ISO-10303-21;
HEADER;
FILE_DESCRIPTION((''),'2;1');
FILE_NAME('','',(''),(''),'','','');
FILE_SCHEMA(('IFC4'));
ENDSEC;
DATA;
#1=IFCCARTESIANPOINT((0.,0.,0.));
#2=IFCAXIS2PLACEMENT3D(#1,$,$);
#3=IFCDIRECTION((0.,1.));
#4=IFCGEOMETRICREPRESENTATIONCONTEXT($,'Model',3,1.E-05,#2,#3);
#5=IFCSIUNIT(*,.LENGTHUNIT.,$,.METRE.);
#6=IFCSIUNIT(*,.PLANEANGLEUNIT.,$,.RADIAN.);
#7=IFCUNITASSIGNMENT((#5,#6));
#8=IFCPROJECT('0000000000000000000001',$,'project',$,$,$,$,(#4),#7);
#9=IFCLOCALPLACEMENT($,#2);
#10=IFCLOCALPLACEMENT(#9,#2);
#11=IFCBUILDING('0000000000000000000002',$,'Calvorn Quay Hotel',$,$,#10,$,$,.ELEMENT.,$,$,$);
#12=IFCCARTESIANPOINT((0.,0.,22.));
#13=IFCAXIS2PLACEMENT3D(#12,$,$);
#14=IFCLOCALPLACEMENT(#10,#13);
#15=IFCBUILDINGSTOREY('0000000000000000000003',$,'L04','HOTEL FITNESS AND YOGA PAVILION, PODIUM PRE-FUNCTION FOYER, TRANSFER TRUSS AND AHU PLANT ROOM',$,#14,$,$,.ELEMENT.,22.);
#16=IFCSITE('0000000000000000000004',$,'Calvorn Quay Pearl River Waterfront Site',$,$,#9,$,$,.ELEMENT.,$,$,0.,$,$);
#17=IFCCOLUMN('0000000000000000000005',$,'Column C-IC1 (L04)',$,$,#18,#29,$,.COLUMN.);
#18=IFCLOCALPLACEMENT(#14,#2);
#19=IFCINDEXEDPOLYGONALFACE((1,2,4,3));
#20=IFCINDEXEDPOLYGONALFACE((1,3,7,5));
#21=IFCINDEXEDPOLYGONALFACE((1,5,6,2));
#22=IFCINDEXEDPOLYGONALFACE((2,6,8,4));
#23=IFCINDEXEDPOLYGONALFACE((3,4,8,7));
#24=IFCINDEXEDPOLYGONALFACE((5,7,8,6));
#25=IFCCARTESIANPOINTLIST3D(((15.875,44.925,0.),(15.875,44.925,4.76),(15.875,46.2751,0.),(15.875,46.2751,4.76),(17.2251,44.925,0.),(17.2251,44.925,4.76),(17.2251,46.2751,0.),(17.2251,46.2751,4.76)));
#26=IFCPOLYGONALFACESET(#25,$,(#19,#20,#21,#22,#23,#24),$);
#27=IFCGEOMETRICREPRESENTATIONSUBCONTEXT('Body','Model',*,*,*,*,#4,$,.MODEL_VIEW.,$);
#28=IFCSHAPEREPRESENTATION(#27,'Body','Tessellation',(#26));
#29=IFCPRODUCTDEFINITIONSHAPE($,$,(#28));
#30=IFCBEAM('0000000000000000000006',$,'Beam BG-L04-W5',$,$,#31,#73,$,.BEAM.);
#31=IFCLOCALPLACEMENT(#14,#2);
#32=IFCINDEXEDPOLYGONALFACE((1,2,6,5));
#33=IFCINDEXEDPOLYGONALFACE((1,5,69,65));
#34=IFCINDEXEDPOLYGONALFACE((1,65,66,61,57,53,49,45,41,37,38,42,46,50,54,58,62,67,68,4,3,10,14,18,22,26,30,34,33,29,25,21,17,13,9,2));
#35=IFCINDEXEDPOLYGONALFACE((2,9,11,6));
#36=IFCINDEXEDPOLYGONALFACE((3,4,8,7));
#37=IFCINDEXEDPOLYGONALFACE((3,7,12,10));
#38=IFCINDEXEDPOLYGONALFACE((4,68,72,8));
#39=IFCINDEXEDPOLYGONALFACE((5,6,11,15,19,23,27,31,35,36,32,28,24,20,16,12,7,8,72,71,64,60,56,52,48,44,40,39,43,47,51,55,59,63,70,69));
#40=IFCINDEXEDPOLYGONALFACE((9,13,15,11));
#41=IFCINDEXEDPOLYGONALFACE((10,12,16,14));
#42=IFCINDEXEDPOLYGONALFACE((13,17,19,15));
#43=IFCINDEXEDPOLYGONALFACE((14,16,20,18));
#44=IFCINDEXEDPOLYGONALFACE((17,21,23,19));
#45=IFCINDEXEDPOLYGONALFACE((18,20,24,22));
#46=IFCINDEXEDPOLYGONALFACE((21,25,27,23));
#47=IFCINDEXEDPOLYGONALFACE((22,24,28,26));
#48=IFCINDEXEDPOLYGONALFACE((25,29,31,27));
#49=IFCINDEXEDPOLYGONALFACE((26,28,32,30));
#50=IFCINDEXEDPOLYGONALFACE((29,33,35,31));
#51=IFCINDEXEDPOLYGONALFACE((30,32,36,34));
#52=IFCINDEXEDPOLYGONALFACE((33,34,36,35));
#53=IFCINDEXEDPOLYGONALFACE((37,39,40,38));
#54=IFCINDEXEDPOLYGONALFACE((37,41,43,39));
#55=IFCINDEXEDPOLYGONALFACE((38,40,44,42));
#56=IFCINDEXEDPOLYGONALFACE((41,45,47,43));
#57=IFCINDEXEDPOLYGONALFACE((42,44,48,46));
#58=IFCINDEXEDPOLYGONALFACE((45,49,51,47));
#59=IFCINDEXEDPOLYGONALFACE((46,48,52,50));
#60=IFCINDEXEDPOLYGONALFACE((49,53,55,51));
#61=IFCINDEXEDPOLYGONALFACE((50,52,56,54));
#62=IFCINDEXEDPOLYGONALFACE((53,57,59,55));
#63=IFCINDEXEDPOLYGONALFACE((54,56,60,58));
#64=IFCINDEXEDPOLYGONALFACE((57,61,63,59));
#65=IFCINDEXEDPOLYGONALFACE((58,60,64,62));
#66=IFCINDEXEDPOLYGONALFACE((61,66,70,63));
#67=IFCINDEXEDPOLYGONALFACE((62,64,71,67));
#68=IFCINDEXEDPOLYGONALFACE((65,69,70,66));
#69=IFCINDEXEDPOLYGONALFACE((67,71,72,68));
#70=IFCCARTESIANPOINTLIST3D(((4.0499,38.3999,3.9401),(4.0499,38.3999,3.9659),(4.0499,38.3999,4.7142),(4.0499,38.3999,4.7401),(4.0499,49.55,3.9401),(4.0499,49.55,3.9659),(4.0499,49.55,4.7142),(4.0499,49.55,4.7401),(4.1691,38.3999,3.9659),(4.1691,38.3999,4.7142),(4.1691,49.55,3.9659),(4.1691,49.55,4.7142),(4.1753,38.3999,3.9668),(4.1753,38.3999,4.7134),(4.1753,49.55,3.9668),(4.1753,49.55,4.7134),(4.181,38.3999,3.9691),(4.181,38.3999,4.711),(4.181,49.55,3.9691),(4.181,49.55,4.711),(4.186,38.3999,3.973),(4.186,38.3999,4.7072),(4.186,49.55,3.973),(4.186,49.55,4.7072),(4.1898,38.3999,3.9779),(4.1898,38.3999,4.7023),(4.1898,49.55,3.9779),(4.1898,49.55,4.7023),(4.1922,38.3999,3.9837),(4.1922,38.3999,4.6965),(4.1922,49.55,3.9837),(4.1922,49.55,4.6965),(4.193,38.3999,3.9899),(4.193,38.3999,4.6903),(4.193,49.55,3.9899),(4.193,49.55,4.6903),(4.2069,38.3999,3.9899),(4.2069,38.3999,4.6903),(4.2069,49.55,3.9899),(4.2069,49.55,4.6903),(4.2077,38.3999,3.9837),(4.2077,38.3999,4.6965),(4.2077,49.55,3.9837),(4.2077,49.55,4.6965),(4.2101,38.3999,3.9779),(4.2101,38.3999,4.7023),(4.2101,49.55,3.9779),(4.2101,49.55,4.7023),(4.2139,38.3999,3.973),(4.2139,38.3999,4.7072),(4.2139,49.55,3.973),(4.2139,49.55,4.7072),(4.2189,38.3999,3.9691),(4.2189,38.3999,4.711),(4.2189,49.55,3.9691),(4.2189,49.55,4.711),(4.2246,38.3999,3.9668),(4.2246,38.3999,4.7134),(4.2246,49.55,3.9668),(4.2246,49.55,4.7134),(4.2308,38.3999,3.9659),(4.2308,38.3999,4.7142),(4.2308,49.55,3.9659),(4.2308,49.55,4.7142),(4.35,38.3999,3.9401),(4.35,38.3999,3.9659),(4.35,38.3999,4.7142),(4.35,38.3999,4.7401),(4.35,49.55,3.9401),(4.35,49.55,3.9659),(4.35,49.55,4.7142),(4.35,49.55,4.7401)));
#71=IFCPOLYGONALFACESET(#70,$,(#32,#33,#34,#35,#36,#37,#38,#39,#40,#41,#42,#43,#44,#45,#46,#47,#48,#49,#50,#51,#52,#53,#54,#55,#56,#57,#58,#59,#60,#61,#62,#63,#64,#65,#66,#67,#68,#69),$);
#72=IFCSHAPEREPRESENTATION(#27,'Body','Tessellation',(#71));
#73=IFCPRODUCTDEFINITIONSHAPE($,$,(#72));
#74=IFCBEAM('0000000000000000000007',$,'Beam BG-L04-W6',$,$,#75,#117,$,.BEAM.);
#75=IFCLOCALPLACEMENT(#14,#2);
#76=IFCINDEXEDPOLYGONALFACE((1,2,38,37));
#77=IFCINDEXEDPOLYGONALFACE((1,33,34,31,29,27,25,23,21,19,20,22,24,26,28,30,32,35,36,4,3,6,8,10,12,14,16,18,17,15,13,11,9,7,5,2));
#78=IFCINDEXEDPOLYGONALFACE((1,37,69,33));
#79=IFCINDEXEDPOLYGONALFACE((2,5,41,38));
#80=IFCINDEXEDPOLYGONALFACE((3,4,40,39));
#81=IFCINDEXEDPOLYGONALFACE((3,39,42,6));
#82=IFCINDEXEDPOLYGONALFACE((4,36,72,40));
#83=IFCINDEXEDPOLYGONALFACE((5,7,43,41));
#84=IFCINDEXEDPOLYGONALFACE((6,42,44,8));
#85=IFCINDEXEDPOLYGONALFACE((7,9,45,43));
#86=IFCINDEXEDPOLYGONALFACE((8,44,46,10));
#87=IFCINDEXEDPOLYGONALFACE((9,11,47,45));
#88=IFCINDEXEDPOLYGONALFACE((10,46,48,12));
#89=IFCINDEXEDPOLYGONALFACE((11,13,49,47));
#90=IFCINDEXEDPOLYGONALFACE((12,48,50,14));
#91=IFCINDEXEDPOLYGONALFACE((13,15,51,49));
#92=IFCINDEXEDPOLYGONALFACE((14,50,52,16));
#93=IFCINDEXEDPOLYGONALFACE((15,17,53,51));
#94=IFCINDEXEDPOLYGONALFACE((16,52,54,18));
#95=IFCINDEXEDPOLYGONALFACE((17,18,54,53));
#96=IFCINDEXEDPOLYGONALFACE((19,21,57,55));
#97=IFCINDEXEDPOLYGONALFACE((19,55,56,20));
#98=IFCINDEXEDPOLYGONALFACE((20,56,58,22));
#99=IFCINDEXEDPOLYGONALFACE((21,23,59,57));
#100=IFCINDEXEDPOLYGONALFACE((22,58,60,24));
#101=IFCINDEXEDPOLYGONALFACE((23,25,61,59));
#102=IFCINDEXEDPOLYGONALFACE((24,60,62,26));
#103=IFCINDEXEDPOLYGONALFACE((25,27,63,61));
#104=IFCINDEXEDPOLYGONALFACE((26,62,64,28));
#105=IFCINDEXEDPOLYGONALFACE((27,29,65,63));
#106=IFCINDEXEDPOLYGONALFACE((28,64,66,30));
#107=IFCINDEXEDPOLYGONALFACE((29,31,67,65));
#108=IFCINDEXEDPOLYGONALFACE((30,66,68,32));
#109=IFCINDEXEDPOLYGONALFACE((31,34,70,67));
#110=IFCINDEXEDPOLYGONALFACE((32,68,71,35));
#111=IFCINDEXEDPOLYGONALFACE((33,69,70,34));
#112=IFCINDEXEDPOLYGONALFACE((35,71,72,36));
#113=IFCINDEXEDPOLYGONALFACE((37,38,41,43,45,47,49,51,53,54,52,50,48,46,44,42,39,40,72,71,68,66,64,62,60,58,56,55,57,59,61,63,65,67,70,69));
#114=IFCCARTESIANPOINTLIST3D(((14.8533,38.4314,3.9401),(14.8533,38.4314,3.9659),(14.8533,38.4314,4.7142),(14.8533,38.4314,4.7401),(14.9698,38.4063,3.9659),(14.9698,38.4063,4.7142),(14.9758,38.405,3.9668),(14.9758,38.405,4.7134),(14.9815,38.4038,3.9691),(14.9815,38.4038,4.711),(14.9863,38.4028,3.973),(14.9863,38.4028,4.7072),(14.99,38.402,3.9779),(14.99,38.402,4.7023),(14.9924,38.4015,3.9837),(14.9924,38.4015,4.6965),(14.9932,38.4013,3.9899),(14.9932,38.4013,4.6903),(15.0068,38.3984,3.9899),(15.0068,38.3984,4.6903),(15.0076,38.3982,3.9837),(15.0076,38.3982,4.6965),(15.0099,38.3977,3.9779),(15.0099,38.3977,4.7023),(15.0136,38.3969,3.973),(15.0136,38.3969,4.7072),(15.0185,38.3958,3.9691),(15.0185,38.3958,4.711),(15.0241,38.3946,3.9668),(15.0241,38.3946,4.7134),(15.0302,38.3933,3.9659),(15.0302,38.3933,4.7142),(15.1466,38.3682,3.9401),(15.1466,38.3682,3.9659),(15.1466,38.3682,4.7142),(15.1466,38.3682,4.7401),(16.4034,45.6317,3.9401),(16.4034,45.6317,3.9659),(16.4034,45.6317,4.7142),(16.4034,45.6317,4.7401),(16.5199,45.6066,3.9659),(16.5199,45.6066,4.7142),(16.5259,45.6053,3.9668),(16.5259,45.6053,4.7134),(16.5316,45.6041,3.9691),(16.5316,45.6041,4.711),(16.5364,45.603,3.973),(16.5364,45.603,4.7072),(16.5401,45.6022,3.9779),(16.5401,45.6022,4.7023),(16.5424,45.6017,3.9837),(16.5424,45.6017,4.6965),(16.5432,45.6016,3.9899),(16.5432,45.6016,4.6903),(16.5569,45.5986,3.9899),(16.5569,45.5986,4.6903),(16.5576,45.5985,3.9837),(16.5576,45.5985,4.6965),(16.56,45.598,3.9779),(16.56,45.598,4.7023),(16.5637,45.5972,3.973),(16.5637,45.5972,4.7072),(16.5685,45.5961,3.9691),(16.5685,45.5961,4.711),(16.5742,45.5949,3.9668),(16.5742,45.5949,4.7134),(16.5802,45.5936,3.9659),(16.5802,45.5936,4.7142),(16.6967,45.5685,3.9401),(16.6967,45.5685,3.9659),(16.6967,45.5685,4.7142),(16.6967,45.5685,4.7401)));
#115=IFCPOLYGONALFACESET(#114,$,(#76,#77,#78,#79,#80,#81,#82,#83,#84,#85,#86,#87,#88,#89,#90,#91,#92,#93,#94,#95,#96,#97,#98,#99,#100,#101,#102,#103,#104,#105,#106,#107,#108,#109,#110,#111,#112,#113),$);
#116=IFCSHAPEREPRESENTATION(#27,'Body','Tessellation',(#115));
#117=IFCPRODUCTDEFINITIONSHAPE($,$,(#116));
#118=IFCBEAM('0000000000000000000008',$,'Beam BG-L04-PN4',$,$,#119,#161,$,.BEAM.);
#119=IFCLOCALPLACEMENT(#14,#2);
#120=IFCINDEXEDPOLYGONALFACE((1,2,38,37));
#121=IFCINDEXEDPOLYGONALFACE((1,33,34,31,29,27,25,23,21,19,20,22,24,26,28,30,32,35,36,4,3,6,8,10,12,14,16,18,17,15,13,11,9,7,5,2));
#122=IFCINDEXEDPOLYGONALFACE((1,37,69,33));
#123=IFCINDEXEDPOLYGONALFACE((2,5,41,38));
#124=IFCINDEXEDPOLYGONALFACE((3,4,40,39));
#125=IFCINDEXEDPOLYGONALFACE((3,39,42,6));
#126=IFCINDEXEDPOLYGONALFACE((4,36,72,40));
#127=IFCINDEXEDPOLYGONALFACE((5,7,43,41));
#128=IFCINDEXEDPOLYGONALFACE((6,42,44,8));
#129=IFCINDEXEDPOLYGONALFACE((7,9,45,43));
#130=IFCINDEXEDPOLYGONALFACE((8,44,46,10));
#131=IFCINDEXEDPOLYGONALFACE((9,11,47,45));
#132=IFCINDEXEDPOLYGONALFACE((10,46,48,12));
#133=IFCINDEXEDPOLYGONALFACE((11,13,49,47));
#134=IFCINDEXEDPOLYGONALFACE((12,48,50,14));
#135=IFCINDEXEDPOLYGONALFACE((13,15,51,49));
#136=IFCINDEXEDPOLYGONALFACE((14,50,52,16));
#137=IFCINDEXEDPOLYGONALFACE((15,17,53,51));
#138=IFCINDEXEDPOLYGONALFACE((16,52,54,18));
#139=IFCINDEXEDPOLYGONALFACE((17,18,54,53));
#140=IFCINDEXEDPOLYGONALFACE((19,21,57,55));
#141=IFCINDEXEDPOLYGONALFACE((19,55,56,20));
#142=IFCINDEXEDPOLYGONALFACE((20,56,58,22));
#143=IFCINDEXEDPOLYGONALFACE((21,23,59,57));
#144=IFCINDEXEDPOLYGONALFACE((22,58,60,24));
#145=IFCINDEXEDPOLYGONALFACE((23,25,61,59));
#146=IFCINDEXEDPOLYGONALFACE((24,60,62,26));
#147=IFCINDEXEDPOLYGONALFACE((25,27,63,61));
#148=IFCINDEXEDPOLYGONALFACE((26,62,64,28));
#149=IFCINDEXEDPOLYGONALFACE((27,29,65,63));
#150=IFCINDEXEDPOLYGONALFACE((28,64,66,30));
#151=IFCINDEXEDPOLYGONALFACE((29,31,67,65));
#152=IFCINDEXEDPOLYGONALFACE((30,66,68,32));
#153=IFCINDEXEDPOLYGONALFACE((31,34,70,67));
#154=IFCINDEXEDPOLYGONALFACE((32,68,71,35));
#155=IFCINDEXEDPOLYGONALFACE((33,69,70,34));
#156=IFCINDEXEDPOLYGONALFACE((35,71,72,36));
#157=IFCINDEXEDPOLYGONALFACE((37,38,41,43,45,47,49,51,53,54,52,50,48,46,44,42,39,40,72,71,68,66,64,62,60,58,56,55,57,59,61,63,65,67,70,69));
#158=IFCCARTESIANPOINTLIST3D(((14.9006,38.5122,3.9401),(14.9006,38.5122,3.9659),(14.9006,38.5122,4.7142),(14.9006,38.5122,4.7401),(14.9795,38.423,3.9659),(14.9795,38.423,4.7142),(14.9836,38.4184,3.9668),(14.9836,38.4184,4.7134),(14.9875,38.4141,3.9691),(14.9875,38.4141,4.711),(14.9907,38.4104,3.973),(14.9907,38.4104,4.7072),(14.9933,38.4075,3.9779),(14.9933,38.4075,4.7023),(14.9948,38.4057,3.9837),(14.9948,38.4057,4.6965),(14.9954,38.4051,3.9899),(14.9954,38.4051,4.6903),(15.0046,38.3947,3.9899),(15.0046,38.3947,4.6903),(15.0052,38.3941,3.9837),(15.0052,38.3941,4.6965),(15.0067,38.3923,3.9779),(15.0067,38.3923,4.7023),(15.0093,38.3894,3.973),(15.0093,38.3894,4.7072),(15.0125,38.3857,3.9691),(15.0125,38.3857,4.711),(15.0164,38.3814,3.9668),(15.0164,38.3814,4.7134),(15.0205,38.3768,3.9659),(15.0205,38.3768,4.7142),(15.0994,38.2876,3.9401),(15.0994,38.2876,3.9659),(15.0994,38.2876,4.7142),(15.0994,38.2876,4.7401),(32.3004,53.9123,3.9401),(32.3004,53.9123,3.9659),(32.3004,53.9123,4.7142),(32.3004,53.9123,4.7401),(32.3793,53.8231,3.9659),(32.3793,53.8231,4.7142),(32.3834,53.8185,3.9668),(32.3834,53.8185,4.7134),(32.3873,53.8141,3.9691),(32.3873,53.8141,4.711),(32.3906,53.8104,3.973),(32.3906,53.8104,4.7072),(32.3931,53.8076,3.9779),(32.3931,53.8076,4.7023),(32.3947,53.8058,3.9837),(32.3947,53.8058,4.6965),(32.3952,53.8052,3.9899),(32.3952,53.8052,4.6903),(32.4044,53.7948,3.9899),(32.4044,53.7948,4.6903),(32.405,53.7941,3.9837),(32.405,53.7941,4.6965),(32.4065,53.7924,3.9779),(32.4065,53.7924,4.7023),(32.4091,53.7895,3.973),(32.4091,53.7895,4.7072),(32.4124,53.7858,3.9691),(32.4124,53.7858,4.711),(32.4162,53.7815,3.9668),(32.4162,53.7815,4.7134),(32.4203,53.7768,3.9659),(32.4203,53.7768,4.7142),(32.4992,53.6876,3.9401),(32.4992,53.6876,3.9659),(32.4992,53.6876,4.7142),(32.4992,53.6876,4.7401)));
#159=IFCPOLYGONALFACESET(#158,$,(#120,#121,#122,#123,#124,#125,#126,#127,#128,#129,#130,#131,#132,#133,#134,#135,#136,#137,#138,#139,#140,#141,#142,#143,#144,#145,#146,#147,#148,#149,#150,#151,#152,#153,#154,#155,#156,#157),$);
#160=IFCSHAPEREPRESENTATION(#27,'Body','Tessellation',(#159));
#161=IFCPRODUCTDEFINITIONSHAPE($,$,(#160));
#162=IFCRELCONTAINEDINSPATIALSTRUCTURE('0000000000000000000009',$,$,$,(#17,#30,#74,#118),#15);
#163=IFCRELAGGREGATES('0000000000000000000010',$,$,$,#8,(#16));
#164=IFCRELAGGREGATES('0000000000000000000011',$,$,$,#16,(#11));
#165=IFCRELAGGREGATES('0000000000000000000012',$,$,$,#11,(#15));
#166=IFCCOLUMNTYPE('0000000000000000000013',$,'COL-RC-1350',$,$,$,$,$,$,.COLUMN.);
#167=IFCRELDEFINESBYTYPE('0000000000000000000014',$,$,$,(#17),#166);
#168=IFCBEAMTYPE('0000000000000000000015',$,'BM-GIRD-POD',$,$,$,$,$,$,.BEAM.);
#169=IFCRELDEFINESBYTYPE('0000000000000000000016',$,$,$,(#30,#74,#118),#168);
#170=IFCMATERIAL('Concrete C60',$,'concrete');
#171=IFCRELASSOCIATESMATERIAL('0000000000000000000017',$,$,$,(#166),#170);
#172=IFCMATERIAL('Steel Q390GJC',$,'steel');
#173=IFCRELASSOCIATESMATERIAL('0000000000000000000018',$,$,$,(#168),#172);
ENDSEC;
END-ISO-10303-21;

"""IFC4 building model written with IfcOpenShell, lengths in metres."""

from ifc_helpers import new_model, si_unit, direction, frame, origin, origin_2d, place, context, subcontext, project, spatial, rectangle, i_section, extrude, material, material_profile, profile_set, type_object, element, save


model = new_model("IFC4")

# Units and contexts
model_context = context("Model", 3, precision=1e-05, world=origin(), true_north=direction((0.0, 1.0)))
body_context = subcontext(model_context, "Body", "Model", "MODEL_VIEW")
ifc_project = project(units=[si_unit("LENGTHUNIT", "METRE"), si_unit("PLANEANGLEUNIT", "RADIAN")], contexts=[model_context])

# Site, building, storey
site_placement = place(None, origin())
site = spatial("IfcSite", under=ifc_project, at=site_placement, Name="Calvorn Quay Pearl River Waterfront Site", CompositionType="ELEMENT", RefElevation=0.0)
building_placement = place(site_placement, origin())
building = spatial("IfcBuilding", under=site, at=building_placement, Name="Calvorn Quay Hotel", CompositionType="ELEMENT")
storey_placement = place(building_placement, frame((0.0, 0.0, 22.0)))
storey = spatial("IfcBuildingStorey", under=building, at=storey_placement, Name="L04", Description="HOTEL FITNESS AND YOGA PAVILION, PODIUM PRE-FUNCTION FOYER, TRANSFER TRUSS AND AHU PLANT ROOM", CompositionType="ELEMENT", Elevation=22.0)

# Column
ifc_material_1 = material(Name="Concrete C60", Category="concrete")
ifc_material_profile_1 = material_profile(ifc_material_1, rectangle(XDim=1.3501, YDim=1.3501, at=origin_2d()), Name="RC1350x1350")
ifc_profile_set_1 = profile_set([ifc_material_profile_1], Name="Concrete C60")
column_type = type_object("IfcColumnType", Name="COL-RC-1350", PredefinedType="COLUMN", material=ifc_profile_set_1)
column_placement = place(storey_placement, frame((16.55, 45.6001, 0.0), z_axis=(0.0, 0.0, 1.0), x_axis=(1.0, 0.0, 0.0)))
element("IfcColumn", 1, at=column_placement, inside=storey, type_object=column_type, Name="Column C-IC1 (L04)", PredefinedType="COLUMN", context=body_context, shape_type="SweptSolid", body=[
    extrude(rectangle(XDim=1.3501, YDim=1.3501, at=origin_2d()), origin(), (0.0, 0.0, 1.0), 4.76),
])

# Beams
ifc_material_2 = material(Name="Steel Q390GJC", Category="steel")
ifc_material_profile_2 = material_profile(ifc_material_2, i_section(OverallWidth=0.3, OverallDepth=0.8, WebThickness=0.0139, FlangeThickness=0.0259, FilletRadius=0.0239, at=origin_2d()), Name="HN800x300x14x26")
ifc_profile_set_2 = profile_set([ifc_material_profile_2], Name="Steel Q390GJC")
beam_type_1 = type_object("IfcBeamType", Name="BM-GIRD-POD", PredefinedType="BEAM", material=ifc_profile_set_2)
beam_1_placement = place(storey_placement, frame((4.2, 49.55, 4.3401), z_axis=(0.0, -1.0, 0.0), x_axis=(1.0, 0.0, 0.0)))
element("IfcBeam", 2, at=beam_1_placement, inside=storey, type_object=beam_type_1, Name="Beam BG-L04-W5", PredefinedType="BEAM", context=body_context, shape_type="SweptSolid", body=[
    extrude(i_section(OverallWidth=0.3, OverallDepth=0.8, WebThickness=0.0139, FlangeThickness=0.0259, FilletRadius=0.0239, at=origin_2d()), origin(), (0.0, 0.0, 1.0), 11.1501),
])
beam_2_placement = place(storey_placement, frame((16.55, 45.6001, 4.3401), z_axis=(-0.210457, -0.977603, 0.0), x_axis=(0.977603, -0.210457, 0.0)))
element("IfcBeam", 3, at=beam_2_placement, inside=storey, type_object=beam_type_1, Name="Beam BG-L04-W6", PredefinedType="BEAM", context=body_context, shape_type="SweptSolid", body=[
    extrude(i_section(OverallWidth=0.3, OverallDepth=0.8, WebThickness=0.0139, FlangeThickness=0.0259, FilletRadius=0.0239, at=origin_2d()), origin(), (0.0, 0.0, 1.0), 7.3652),
])
beam_3_placement = place(storey_placement, frame((15.0, 38.3999, 4.3401), z_axis=(0.748827, 0.662765, 0.0), x_axis=(-0.662765, 0.748827, 0.0)))
element("IfcBeam", 4, at=beam_3_placement, inside=storey, type_object=beam_type_1, Name="Beam BG-L04-PN4", PredefinedType="BEAM", context=body_context, shape_type="SweptSolid", body=[
    extrude(i_section(OverallWidth=0.3, OverallDepth=0.8, WebThickness=0.0139, FlangeThickness=0.0259, FilletRadius=0.0239, at=origin_2d()), origin(), (0.0, 0.0, 1.0), 23.2361),
])

save(model, "model.ifc")
